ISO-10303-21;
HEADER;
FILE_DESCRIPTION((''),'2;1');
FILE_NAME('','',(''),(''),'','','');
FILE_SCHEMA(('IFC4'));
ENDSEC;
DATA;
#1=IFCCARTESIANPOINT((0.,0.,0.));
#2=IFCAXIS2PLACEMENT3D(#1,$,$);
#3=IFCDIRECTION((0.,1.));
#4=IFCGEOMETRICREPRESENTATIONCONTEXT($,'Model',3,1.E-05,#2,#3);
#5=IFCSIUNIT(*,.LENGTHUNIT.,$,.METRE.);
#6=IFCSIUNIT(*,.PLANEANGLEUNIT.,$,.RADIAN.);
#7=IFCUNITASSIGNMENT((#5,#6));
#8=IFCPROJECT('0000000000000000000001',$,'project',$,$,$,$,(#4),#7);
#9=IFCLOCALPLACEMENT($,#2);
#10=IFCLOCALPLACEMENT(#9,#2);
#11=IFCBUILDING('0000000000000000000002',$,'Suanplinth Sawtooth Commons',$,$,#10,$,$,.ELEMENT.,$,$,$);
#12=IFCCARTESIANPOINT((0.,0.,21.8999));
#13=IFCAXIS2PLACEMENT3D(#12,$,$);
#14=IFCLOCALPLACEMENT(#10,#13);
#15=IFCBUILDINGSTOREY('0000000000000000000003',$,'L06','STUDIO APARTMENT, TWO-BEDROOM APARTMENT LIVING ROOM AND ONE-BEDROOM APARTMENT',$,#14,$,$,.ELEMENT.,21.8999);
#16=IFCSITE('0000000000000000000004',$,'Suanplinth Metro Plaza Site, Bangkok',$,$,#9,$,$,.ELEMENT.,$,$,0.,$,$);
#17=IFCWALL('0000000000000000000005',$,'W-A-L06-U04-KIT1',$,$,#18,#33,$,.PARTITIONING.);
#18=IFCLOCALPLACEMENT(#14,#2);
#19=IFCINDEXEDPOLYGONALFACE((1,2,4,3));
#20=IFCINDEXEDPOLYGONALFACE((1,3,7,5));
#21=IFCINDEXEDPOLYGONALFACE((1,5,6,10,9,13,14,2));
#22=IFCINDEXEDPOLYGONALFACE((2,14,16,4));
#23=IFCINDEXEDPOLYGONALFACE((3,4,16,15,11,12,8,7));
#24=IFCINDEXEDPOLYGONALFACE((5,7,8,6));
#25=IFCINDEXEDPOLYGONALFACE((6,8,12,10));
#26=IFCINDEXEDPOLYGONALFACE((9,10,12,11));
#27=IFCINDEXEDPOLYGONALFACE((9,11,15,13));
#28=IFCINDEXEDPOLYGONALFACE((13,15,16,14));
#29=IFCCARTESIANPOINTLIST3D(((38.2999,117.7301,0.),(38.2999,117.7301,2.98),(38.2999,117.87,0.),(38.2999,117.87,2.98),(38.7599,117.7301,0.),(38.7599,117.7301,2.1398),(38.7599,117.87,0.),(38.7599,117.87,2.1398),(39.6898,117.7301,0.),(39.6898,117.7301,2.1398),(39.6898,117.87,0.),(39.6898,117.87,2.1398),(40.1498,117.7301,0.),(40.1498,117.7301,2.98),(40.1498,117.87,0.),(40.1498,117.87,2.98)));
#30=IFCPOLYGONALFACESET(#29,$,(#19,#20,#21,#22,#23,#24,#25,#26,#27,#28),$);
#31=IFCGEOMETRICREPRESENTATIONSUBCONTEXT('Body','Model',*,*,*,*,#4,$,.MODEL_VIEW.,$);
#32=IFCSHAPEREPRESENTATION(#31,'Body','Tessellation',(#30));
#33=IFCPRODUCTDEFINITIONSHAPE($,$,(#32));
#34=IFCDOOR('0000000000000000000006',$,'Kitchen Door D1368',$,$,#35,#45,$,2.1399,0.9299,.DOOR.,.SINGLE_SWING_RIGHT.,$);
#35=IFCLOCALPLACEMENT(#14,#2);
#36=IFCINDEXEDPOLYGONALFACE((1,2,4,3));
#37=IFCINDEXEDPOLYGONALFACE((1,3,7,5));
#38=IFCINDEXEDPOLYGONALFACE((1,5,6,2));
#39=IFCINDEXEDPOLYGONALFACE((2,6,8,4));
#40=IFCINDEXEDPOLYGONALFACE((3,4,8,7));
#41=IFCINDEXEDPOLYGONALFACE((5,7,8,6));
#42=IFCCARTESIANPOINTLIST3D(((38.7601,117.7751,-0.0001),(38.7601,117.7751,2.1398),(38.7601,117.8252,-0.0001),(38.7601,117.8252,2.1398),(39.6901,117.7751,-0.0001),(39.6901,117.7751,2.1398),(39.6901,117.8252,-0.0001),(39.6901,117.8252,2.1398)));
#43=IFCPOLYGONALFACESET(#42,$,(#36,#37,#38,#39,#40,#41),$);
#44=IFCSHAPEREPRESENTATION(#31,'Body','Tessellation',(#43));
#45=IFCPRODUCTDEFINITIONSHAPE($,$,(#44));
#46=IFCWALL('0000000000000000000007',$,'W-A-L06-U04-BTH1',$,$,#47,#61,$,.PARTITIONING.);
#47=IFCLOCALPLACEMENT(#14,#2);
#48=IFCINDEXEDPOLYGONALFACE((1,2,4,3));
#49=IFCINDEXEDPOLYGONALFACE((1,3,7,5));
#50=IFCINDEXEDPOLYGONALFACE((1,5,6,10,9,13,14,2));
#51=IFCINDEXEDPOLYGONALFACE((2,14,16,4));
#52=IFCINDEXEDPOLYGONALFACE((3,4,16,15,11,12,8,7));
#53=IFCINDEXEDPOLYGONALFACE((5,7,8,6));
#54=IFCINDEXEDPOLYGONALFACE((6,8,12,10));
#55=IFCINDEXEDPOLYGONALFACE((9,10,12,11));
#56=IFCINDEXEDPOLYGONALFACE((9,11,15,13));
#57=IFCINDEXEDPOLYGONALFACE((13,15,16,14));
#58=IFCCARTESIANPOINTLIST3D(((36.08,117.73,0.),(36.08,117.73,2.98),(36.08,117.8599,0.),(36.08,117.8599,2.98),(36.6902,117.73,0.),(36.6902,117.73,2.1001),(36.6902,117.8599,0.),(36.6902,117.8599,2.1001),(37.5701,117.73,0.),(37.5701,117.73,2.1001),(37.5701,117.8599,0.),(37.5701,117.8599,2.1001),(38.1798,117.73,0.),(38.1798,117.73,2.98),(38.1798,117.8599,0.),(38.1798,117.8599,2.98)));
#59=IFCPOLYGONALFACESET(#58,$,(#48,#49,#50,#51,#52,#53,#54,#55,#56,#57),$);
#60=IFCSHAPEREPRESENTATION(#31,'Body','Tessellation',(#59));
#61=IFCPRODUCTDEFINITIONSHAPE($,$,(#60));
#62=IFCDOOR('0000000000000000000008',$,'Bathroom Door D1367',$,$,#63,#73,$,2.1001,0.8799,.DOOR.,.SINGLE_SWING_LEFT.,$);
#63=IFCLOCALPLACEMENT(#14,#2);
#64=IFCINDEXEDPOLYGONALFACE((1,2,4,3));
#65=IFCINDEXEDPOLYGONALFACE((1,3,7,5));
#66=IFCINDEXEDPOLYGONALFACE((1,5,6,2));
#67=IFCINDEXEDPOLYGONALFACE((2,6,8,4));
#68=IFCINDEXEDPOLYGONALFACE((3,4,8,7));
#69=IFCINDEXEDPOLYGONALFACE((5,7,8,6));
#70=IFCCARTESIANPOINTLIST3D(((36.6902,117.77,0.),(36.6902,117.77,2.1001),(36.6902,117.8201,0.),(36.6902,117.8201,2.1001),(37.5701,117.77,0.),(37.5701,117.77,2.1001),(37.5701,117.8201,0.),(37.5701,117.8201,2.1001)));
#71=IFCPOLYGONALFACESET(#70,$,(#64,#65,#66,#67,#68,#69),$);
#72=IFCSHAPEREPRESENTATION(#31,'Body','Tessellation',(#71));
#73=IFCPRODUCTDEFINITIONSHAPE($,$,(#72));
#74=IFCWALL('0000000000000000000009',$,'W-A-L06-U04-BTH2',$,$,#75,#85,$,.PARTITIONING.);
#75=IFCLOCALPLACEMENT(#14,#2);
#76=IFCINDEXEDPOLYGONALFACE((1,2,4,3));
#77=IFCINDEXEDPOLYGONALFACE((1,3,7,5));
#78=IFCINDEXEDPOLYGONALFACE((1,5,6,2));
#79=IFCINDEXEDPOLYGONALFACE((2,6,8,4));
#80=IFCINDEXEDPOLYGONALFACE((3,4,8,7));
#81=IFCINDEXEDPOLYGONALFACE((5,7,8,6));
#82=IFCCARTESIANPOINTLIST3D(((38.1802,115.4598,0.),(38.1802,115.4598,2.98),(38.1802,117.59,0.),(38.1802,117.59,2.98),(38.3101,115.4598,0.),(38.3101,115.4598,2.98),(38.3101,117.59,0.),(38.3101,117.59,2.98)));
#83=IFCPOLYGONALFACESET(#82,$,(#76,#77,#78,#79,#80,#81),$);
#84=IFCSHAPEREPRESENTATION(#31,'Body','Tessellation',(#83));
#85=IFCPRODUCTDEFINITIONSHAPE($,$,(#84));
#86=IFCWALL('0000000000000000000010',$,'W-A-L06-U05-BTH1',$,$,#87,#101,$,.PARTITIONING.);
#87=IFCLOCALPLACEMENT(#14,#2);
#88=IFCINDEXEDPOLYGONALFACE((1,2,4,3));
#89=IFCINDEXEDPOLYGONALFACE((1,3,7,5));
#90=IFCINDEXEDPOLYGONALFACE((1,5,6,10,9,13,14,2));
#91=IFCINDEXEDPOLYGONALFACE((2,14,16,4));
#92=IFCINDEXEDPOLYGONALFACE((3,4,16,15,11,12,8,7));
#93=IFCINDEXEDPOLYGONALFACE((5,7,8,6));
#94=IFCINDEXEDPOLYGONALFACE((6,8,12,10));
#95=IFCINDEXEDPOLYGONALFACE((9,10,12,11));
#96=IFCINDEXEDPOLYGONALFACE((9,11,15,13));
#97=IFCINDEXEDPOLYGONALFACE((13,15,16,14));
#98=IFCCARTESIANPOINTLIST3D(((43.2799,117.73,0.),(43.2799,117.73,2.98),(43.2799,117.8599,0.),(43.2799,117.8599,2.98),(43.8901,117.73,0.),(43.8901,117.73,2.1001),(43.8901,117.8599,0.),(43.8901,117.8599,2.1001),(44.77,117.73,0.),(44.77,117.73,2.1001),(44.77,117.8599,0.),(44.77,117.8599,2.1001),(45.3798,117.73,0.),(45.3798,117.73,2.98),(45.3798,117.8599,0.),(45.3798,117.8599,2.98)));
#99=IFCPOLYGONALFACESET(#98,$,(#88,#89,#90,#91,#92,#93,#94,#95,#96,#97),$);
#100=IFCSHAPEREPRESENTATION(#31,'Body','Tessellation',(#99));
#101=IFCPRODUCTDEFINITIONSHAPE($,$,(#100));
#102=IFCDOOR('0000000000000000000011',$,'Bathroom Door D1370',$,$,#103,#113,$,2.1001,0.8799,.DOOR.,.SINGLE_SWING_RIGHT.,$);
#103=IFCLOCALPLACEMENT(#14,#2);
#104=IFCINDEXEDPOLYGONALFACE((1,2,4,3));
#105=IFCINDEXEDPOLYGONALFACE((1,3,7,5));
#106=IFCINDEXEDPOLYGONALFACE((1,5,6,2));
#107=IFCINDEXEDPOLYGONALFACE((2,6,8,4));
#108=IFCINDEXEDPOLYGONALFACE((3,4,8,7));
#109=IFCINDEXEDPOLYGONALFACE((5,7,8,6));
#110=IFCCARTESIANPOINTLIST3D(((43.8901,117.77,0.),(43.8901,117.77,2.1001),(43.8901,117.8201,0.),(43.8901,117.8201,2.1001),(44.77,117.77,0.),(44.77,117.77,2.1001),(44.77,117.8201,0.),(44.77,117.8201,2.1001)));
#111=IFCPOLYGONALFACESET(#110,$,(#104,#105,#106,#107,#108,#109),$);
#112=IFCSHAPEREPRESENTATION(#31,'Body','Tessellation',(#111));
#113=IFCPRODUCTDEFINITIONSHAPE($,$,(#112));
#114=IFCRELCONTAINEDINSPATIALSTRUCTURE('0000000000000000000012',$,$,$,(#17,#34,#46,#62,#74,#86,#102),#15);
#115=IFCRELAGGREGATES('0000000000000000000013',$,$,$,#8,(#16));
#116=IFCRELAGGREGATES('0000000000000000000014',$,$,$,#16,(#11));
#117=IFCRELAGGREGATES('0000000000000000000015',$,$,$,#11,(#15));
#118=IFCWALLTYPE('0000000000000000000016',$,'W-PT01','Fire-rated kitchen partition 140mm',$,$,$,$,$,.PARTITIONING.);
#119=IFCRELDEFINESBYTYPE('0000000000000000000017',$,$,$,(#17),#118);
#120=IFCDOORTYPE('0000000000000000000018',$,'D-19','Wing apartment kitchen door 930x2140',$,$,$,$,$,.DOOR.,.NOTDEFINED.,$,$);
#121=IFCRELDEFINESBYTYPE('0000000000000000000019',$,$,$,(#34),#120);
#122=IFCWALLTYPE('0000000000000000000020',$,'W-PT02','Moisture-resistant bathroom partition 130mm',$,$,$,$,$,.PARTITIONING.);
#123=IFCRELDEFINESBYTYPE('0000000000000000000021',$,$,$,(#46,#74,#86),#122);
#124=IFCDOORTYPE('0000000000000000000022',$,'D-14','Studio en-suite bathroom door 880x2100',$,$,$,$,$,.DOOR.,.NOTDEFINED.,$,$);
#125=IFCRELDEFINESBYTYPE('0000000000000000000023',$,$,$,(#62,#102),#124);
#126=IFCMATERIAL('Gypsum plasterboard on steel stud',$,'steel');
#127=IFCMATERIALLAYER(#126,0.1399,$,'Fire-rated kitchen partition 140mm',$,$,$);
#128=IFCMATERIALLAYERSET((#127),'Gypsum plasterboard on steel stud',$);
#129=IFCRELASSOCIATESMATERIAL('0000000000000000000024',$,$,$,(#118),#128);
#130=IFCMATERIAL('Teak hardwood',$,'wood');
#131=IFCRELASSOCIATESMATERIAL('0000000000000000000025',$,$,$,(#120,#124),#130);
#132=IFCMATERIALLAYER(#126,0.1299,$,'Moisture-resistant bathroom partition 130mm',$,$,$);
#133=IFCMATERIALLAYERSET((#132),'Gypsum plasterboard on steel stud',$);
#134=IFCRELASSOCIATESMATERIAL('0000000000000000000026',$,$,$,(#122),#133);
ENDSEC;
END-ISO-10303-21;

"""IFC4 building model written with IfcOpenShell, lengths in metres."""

from ifc_helpers import new_model, si_unit, direction, frame, frame_2d, origin, place, context, subcontext, project, spatial, rectangle, extrude, material, layer, layer_set, type_object, element, fill, save


model = new_model("IFC4")

# Units and contexts
model_context = context("Model", 3, precision=1e-05, world=origin(), true_north=direction((0.0, 1.0)))
body_context = subcontext(model_context, "Body", "Model", "MODEL_VIEW")
ifc_project = project(units=[si_unit("LENGTHUNIT", "METRE"), si_unit("PLANEANGLEUNIT", "RADIAN")], contexts=[model_context])

# Site, building, storey
site_placement = place(None, origin())
site = spatial("IfcSite", under=ifc_project, at=site_placement, Name="Suanplinth Metro Plaza Site, Bangkok", CompositionType="ELEMENT", RefElevation=0.0)
building_placement = place(site_placement, origin())
building = spatial("IfcBuilding", under=site, at=building_placement, Name="Suanplinth Sawtooth Commons", CompositionType="ELEMENT")
storey_placement = place(building_placement, frame((0.0, 0.0, 21.8999)))
storey = spatial("IfcBuildingStorey", under=building, at=storey_placement, Name="L06", Description="STUDIO APARTMENT, TWO-BEDROOM APARTMENT LIVING ROOM AND ONE-BEDROOM APARTMENT", CompositionType="ELEMENT", Elevation=21.8999)

# Walls, openings, doors
ifc_material_1 = material(Name="Gypsum plasterboard on steel stud", Category="steel")
ifc_layer_1 = layer(ifc_material_1, 0.1399, Name="Fire-rated kitchen partition 140mm")
ifc_layer_set_1 = layer_set([ifc_layer_1], Name="Gypsum plasterboard on steel stud")
wall_type_1 = type_object("IfcWallType", Name="W-PT01", Description="Fire-rated kitchen partition 140mm", PredefinedType="PARTITIONING", material=ifc_layer_set_1)
wall_1_placement = place(storey_placement, frame((38.3, 117.8, 0.0), z_axis=(0.0, 0.0, 1.0), x_axis=(1.0, 0.0, 0.0)))
wall_1 = element("IfcWall", 1, at=wall_1_placement, inside=storey, type_object=wall_type_1, Name="W-A-L06-U04-KIT1", PredefinedType="PARTITIONING", context=body_context, shape_type="SweptSolid", body=[
    extrude(rectangle(XDim=1.8499, YDim=0.1399, at=frame_2d((0.9248, 0.0))), origin(), (0.0, 0.0, 1.0), 2.98),
])
opening_1_placement = place(wall_1_placement, frame((0.46, 0.0, 0.0)))
opening_1 = element("IfcOpeningElement", 2, at=opening_1_placement, cuts=wall_1, PredefinedType="OPENING", context=body_context, shape_type="SweptSolid", body=[
    extrude(rectangle(XDim=0.9299, YDim=2.1399, at=frame_2d((0.4648, 1.0698))), frame((0.0, 0.085, 0.0), z_axis=(0.0, -1.0, 0.0), x_axis=(1.0, 0.0, 0.0)), (0.0, 0.0, 1.0), 0.1697),
])
ifc_material_2 = material(Name="Teak hardwood", Category="wood")
door_type_1 = type_object("IfcDoorType", Name="D-19", Description="Wing apartment kitchen door 930x2140", OperationType="NOTDEFINED", PredefinedType="DOOR", material=ifc_material_2)
door_1_placement = place(opening_1_placement, frame((0.9299, 0.0, 0.0), z_axis=(0.0, 0.0, 1.0), x_axis=(-1.0, 0.0, 0.0)))
door_1 = element("IfcDoor", 3, at=door_1_placement, inside=storey, type_object=door_type_1, Name="Kitchen Door D1368", OperationType="SINGLE_SWING_RIGHT", OverallHeight=2.1399, OverallWidth=0.9299, PredefinedType="DOOR", context=body_context, shape_type="SweptSolid", body=[
    extrude(rectangle(XDim=0.9299, YDim=2.1399, at=frame_2d((0.4648, 1.0698))), frame((0.0, 0.0249, 0.0), z_axis=(0.0, -1.0, 0.0), x_axis=(1.0, 0.0, 0.0)), (0.0, 0.0, 1.0), 0.05),
])
fill(opening_1, door_1)
ifc_layer_2 = layer(ifc_material_1, 0.1299, Name="Moisture-resistant bathroom partition 130mm")
ifc_layer_set_2 = layer_set([ifc_layer_2], Name="Gypsum plasterboard on steel stud")
wall_type_2 = type_object("IfcWallType", Name="W-PT02", Description="Moisture-resistant bathroom partition 130mm", PredefinedType="PARTITIONING", material=ifc_layer_set_2)
wall_2_placement = place(storey_placement, frame((36.0801, 117.7949, 0.0), z_axis=(0.0, 0.0, 1.0), x_axis=(1.0, 0.0, 0.0)))
wall_2 = element("IfcWall", 4, at=wall_2_placement, inside=storey, type_object=wall_type_2, Name="W-A-L06-U04-BTH1", PredefinedType="PARTITIONING", context=body_context, shape_type="SweptSolid", body=[
    extrude(rectangle(XDim=2.0999, YDim=0.1299, at=frame_2d((1.0498, 0.0))), origin(), (0.0, 0.0, 1.0), 2.98),
])
opening_2_placement = place(wall_2_placement, frame((0.6101, 0.0, 0.0)))
opening_2 = element("IfcOpeningElement", 5, at=opening_2_placement, cuts=wall_2, PredefinedType="OPENING", context=body_context, shape_type="SweptSolid", body=[
    extrude(rectangle(XDim=0.8799, YDim=2.1001, at=frame_2d((0.4399, 1.05))), frame((0.0, 0.0798, 0.0), z_axis=(0.0, -1.0, 0.0), x_axis=(1.0, 0.0, 0.0)), (0.0, 0.0, 1.0), 0.1597),
])
door_type_2 = type_object("IfcDoorType", Name="D-14", Description="Studio en-suite bathroom door 880x2100", OperationType="NOTDEFINED", PredefinedType="DOOR", material=ifc_material_2)
door_2_placement = place(opening_2_placement, frame((0.8799, 0.0, 0.0), z_axis=(0.0, 0.0, 1.0), x_axis=(-1.0, 0.0, 0.0)))
door_2 = element("IfcDoor", 6, at=door_2_placement, inside=storey, type_object=door_type_2, Name="Bathroom Door D1367", OperationType="SINGLE_SWING_LEFT", OverallHeight=2.1001, OverallWidth=0.8799, PredefinedType="DOOR", context=body_context, shape_type="SweptSolid", body=[
    extrude(rectangle(XDim=0.8799, YDim=2.1001, at=frame_2d((0.4399, 1.05))), frame((0.0, 0.0249, 0.0), z_axis=(0.0, -1.0, 0.0), x_axis=(1.0, 0.0, 0.0)), (0.0, 0.0, 1.0), 0.05),
])
fill(opening_2, door_2)

# Wall
wall_3_placement = place(storey_placement, frame((38.2451, 115.46, 0.0), z_axis=(0.0, 0.0, 1.0), x_axis=(0.0, 1.0, 0.0)))
element("IfcWall", 7, at=wall_3_placement, inside=storey, type_object=wall_type_2, Name="W-A-L06-U04-BTH2", PredefinedType="PARTITIONING", context=body_context, shape_type="SweptSolid", body=[
    extrude(rectangle(XDim=2.1301, YDim=0.1299, at=frame_2d((1.0649, 0.0))), origin(), (0.0, 0.0, 1.0), 2.98),
])

# Wall, opening, door
wall_4_placement = place(storey_placement, frame((43.28, 117.7949, 0.0), z_axis=(0.0, 0.0, 1.0), x_axis=(1.0, 0.0, 0.0)))
wall_4 = element("IfcWall", 8, at=wall_4_placement, inside=storey, type_object=wall_type_2, Name="W-A-L06-U05-BTH1", PredefinedType="PARTITIONING", context=body_context, shape_type="SweptSolid", body=[
    extrude(rectangle(XDim=2.0999, YDim=0.1299, at=frame_2d((1.0498, 0.0))), origin(), (0.0, 0.0, 1.0), 2.98),
])
opening_3_placement = place(wall_4_placement, frame((0.6101, 0.0, 0.0)))
opening_3 = element("IfcOpeningElement", 9, at=opening_3_placement, cuts=wall_4, PredefinedType="OPENING", context=body_context, shape_type="SweptSolid", body=[
    extrude(rectangle(XDim=0.8799, YDim=2.1001, at=frame_2d((0.4399, 1.05))), frame((0.0, 0.0798, 0.0), z_axis=(0.0, -1.0, 0.0), x_axis=(1.0, 0.0, 0.0)), (0.0, 0.0, 1.0), 0.1597),
])
door_3_placement = place(opening_3_placement, frame((0.8799, 0.0, 0.0), z_axis=(0.0, 0.0, 1.0), x_axis=(-1.0, 0.0, 0.0)))
door_3 = element("IfcDoor", 10, at=door_3_placement, inside=storey, type_object=door_type_2, Name="Bathroom Door D1370", OperationType="SINGLE_SWING_RIGHT", OverallHeight=2.1001, OverallWidth=0.8799, PredefinedType="DOOR", context=body_context, shape_type="SweptSolid", body=[
    extrude(rectangle(XDim=0.8799, YDim=2.1001, at=frame_2d((0.4399, 1.05))), frame((0.0, 0.0249, 0.0), z_axis=(0.0, -1.0, 0.0), x_axis=(1.0, 0.0, 0.0)), (0.0, 0.0, 1.0), 0.05),
])
fill(opening_3, door_3)

save(model, "model.ifc")
